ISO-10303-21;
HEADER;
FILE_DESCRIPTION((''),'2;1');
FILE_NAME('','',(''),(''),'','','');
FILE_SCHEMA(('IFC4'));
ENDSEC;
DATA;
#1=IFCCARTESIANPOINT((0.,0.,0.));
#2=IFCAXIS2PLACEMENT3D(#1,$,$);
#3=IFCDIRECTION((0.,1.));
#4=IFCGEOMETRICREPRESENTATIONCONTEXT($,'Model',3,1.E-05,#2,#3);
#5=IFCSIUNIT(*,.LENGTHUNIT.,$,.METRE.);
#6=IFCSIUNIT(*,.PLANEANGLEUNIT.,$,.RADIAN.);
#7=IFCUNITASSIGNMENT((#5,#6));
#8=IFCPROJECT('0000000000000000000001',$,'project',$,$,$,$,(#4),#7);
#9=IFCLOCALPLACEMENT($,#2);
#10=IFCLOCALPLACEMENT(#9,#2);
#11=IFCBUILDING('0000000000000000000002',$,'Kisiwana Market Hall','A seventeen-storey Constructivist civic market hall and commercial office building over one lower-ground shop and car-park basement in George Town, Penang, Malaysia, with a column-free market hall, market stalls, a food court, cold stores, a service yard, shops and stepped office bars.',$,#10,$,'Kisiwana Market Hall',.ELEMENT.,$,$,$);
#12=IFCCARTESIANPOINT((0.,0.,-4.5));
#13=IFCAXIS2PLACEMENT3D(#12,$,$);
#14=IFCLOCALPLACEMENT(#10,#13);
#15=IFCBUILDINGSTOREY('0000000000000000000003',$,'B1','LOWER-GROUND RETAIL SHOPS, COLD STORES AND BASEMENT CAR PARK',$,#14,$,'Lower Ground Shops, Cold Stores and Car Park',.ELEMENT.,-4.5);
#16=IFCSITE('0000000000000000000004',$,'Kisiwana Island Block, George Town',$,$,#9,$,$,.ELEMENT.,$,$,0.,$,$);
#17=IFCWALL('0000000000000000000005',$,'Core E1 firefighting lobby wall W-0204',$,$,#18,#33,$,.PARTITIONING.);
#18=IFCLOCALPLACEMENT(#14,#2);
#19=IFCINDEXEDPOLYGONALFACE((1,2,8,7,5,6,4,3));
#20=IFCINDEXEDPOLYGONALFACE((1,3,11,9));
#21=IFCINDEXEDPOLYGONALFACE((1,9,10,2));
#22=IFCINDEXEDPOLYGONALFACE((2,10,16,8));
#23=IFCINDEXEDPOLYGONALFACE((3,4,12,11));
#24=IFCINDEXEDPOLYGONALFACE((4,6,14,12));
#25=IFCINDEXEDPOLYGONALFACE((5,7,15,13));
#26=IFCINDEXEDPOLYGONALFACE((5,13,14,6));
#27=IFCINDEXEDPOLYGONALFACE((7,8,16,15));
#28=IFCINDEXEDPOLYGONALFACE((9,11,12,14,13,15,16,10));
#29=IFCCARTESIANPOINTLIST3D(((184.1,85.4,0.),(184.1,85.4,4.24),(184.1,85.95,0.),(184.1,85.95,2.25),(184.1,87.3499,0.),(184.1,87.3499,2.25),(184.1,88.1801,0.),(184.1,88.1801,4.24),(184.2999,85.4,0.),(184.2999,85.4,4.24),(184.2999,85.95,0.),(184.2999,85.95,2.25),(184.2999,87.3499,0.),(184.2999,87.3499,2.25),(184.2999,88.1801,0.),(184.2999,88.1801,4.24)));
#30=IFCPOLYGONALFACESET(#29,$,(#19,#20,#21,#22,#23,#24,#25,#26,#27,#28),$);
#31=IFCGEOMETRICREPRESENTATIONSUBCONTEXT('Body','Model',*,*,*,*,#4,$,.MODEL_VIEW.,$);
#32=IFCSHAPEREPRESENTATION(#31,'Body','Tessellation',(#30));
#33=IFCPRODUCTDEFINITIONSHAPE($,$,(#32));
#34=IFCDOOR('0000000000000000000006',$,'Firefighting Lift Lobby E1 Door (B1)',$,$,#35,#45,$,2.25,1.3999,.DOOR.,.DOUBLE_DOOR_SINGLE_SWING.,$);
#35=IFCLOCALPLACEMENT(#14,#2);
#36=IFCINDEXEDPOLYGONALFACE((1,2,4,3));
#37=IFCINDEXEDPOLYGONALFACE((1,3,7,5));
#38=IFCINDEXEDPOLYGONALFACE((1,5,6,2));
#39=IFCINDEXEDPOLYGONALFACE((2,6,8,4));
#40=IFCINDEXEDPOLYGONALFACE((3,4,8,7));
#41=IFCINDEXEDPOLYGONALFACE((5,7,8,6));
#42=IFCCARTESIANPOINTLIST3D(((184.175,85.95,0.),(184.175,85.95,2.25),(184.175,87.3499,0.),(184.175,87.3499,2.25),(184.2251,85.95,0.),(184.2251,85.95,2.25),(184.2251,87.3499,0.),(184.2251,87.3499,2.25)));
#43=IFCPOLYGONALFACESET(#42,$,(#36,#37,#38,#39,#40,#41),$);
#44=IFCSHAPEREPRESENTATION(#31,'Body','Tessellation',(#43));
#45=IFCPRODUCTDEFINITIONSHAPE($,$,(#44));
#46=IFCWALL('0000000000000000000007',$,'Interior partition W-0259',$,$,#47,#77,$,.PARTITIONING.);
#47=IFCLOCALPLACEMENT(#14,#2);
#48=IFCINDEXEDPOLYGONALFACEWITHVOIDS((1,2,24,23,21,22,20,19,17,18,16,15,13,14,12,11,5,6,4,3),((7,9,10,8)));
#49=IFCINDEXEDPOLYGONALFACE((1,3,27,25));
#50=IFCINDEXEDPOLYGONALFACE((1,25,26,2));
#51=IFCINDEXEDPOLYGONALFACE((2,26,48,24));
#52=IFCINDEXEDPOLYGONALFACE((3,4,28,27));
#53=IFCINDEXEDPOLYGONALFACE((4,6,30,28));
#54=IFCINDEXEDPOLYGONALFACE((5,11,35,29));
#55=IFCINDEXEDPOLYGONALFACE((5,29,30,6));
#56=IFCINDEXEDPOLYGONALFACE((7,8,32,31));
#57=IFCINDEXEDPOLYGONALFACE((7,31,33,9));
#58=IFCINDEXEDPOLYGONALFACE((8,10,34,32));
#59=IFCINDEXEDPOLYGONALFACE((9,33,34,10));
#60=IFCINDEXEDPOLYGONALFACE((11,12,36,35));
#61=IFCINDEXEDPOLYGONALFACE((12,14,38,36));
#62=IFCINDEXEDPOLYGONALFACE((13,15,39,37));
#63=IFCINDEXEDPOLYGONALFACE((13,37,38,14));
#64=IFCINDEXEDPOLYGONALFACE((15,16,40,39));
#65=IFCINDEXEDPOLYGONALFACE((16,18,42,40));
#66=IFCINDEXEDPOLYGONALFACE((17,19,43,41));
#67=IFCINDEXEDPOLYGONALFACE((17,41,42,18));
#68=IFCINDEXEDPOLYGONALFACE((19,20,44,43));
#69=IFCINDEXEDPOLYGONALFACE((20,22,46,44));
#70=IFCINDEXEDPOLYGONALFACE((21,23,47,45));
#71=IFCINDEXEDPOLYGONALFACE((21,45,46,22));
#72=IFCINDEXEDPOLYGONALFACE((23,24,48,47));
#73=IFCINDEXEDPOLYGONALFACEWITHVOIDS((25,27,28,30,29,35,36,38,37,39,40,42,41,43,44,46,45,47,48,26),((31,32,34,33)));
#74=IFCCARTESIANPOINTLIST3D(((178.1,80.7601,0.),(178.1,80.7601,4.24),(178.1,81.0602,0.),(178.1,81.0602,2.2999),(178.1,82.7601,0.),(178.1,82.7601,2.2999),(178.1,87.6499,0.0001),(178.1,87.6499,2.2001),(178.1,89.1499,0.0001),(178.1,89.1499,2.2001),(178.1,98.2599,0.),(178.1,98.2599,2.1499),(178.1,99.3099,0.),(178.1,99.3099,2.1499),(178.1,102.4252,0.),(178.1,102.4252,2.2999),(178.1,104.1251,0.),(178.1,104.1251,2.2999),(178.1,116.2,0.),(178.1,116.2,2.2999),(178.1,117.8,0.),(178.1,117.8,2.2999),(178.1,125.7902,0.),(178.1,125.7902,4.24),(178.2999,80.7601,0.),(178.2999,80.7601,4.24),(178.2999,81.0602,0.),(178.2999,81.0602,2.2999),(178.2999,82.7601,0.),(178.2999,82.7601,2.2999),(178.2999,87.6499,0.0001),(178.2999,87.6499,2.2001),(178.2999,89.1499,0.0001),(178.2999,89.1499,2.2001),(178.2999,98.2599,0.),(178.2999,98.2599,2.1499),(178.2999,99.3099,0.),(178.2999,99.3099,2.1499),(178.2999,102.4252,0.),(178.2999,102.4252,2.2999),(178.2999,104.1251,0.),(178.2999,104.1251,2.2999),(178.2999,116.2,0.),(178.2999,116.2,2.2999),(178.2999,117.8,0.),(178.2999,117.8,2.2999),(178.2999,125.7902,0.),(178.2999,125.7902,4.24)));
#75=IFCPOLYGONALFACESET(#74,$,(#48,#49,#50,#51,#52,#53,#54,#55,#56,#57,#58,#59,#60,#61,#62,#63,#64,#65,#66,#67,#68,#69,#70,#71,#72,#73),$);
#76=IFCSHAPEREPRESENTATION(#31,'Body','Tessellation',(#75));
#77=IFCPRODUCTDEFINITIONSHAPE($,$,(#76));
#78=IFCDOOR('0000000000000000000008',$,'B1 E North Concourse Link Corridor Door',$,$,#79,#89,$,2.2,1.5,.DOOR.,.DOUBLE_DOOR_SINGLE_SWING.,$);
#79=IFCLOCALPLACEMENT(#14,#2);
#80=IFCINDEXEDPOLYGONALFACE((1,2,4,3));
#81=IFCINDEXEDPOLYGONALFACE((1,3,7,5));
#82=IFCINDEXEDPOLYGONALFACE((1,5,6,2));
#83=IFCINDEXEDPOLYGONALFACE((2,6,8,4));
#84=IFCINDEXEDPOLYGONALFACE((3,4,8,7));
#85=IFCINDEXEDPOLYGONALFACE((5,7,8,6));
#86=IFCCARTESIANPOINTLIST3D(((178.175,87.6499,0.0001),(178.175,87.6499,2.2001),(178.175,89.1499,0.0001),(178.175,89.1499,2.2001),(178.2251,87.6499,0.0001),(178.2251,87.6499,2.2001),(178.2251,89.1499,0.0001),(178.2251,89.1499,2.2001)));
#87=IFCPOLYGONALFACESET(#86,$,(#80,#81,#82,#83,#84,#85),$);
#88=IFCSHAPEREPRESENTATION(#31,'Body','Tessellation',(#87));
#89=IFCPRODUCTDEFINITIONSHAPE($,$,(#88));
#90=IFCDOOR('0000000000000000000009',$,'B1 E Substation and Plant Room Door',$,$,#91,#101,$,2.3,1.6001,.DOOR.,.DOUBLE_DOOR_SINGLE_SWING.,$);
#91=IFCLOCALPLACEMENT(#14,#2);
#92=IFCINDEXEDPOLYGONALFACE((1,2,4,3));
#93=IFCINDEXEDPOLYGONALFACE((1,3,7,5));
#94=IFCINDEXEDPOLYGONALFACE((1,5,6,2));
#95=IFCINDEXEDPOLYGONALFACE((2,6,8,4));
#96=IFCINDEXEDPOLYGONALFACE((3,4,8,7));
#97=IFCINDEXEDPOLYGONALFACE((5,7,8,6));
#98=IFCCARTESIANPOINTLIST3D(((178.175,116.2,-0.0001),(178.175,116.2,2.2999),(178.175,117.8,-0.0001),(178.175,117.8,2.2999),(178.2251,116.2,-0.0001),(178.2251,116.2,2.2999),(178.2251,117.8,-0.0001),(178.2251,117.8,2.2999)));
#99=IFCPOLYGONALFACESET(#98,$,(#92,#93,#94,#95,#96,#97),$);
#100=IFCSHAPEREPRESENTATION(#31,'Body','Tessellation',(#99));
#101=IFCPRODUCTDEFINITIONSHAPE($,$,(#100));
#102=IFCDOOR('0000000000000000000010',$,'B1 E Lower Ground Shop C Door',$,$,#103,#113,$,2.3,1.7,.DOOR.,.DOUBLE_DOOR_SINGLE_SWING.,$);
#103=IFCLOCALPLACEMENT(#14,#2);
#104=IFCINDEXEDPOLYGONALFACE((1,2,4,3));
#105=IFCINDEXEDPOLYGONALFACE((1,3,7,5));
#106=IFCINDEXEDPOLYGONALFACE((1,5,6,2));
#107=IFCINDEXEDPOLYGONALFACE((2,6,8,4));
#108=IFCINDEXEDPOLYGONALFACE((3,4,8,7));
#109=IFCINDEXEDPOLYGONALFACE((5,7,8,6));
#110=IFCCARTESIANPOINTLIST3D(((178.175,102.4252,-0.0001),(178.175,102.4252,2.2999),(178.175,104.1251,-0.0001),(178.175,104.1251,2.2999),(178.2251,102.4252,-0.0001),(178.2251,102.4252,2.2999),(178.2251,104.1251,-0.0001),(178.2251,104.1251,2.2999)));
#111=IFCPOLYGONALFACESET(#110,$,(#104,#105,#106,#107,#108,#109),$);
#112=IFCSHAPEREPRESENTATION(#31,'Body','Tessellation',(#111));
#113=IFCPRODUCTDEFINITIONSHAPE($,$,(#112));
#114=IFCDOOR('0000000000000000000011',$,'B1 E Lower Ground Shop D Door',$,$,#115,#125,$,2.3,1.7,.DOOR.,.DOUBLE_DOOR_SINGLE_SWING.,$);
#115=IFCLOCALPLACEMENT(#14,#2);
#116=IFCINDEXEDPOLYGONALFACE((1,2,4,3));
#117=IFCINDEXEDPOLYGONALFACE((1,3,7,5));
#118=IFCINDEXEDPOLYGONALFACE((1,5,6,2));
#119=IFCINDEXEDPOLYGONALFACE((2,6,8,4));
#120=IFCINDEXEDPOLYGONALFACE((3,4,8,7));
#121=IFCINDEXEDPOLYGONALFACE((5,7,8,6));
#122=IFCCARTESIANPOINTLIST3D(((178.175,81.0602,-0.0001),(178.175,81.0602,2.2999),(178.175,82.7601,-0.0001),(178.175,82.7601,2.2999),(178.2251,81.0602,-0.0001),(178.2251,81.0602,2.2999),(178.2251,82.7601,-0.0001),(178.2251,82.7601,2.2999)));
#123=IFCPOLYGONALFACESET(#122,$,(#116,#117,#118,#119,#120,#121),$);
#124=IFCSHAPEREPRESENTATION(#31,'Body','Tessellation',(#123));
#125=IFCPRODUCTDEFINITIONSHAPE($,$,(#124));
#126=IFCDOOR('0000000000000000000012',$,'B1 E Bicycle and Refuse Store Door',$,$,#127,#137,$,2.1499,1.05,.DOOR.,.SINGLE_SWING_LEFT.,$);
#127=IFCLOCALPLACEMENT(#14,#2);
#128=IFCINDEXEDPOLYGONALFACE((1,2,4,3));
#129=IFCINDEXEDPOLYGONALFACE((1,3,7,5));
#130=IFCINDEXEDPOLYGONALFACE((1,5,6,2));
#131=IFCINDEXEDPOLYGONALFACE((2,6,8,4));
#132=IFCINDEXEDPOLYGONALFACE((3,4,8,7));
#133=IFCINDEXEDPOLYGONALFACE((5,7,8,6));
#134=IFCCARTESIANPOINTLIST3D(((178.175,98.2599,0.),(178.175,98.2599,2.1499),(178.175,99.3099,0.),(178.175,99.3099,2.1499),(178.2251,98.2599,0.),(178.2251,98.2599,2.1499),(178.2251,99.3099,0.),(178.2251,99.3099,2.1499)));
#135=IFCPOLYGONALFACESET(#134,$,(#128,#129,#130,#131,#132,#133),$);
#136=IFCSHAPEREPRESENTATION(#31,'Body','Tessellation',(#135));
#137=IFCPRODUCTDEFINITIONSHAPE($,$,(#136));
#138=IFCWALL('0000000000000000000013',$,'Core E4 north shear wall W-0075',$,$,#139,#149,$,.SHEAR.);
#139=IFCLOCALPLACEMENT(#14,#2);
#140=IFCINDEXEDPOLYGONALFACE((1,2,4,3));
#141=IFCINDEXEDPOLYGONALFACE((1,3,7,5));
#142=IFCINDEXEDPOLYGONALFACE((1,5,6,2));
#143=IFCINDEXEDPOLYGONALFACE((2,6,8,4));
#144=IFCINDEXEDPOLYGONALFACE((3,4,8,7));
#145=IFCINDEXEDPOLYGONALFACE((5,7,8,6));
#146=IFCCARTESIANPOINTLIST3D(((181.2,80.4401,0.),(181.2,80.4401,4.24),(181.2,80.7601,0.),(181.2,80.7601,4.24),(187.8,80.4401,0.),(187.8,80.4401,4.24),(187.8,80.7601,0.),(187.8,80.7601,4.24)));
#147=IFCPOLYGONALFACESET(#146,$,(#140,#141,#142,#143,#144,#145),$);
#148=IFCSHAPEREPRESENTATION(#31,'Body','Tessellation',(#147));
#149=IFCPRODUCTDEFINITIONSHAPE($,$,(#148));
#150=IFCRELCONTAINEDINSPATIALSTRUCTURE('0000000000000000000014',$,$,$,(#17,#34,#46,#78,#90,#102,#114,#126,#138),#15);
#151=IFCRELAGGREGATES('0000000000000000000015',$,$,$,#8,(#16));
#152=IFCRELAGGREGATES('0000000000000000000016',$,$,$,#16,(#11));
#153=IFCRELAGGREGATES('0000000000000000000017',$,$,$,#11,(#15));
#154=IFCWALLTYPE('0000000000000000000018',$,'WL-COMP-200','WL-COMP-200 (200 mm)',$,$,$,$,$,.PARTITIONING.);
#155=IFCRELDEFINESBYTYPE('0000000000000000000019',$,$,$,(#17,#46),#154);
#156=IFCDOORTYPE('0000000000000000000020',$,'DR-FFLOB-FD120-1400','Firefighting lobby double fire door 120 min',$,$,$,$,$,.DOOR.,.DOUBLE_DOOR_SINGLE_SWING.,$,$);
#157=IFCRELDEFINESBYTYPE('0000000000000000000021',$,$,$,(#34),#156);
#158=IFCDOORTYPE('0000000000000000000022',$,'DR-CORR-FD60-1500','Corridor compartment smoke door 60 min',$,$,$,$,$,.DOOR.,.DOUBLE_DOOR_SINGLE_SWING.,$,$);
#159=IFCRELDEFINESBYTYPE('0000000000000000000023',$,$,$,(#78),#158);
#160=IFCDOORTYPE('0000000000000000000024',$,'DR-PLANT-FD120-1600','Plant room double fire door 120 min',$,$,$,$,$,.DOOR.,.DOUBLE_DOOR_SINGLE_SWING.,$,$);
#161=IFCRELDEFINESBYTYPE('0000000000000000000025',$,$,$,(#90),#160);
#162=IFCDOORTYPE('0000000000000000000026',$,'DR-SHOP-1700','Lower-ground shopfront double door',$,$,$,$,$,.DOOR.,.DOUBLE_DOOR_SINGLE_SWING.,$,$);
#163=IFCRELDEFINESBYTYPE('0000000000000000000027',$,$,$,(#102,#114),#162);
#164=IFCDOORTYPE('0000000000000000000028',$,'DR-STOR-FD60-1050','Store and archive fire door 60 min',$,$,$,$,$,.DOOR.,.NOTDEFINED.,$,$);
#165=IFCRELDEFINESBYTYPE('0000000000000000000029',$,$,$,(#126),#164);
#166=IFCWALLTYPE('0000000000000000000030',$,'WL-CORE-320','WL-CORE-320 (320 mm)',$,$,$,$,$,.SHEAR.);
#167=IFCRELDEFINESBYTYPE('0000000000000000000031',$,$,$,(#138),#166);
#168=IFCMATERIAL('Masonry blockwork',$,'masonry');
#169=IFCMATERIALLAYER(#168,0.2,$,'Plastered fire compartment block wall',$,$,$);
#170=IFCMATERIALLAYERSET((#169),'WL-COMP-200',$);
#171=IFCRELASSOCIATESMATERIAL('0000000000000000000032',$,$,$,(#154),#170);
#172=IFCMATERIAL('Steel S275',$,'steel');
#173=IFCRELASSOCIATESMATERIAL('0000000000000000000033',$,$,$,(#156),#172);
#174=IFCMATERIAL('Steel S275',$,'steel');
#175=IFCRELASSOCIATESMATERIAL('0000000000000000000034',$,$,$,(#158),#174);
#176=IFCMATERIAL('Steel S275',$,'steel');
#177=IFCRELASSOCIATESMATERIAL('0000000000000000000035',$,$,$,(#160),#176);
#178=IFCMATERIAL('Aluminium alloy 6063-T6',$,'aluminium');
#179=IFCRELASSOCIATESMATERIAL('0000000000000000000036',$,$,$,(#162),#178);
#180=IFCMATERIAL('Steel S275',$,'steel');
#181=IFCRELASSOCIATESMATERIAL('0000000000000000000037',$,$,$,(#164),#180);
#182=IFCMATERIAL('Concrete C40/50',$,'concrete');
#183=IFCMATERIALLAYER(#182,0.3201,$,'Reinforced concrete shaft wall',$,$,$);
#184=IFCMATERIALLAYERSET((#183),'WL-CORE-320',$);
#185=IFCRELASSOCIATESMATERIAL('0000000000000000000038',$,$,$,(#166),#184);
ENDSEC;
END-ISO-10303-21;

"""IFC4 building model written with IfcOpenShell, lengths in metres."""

from ifc_helpers import new_model, si_unit, direction, frame, frame_2d, origin, place, context, subcontext, project, spatial, rectangle, extrude, material, layer, layer_set, type_object, element, fill, save


model = new_model("IFC4")

# Units and contexts
model_context = context("Model", 3, precision=1e-05, world=origin(), true_north=direction((0.0, 1.0)))
body_context = subcontext(model_context, "Body", "Model", "MODEL_VIEW")
ifc_project = project(units=[si_unit("LENGTHUNIT", "METRE"), si_unit("PLANEANGLEUNIT", "RADIAN")], contexts=[model_context])

# Site, building, storey
site_placement = place(None, origin())
site = spatial("IfcSite", under=ifc_project, at=site_placement, Name="Kisiwana Island Block, George Town", CompositionType="ELEMENT", RefElevation=0.0)
building_placement = place(site_placement, origin())
building = spatial("IfcBuilding", under=site, at=building_placement, Name="Kisiwana Market Hall", Description="A seventeen-storey Constructivist civic market hall and commercial office building over one lower-ground shop and car-park basement in George Town, Penang, Malaysia, with a column-free market hall, market stalls, a food court, cold stores, a service yard, shops and stepped office bars.", LongName="Kisiwana Market Hall", CompositionType="ELEMENT")
storey_placement = place(building_placement, frame((0.0, 0.0, -4.5)))
storey = spatial("IfcBuildingStorey", under=building, at=storey_placement, Name="B1", Description="LOWER-GROUND RETAIL SHOPS, COLD STORES AND BASEMENT CAR PARK", LongName="Lower Ground Shops, Cold Stores and Car Park", CompositionType="ELEMENT", Elevation=-4.5)

# Wall, opening, door
ifc_material_1 = material(Name="Masonry blockwork", Category="masonry")
ifc_layer_1 = layer(ifc_material_1, 0.2, Name="Plastered fire compartment block wall")
ifc_layer_set_1 = layer_set([ifc_layer_1], Name="WL-COMP-200")
wall_type_1 = type_object("IfcWallType", Name="WL-COMP-200", Description="WL-COMP-200 (200 mm)", PredefinedType="PARTITIONING", material=ifc_layer_set_1)
wall_1_placement = place(storey_placement, frame((184.2, 85.3999, 0.0), z_axis=(0.0, 0.0, 1.0), x_axis=(0.0, 1.0, 0.0)))
wall_1 = element("IfcWall", 1, at=wall_1_placement, inside=storey, type_object=wall_type_1, Name="Core E1 firefighting lobby wall W-0204", PredefinedType="PARTITIONING", context=body_context, shape_type="SweptSolid", body=[
    extrude(rectangle(XDim=2.78, YDim=0.2, at=frame_2d((1.3901, 0.0))), origin(), (0.0, 0.0, 1.0), 4.24),
])
opening_1_placement = place(wall_1_placement, frame((0.55, 0.0, 0.0)))
opening_1 = element("IfcOpeningElement", 2, at=opening_1_placement, cuts=wall_1, PredefinedType="OPENING", context=body_context, shape_type="SweptSolid", body=[
    extrude(rectangle(XDim=1.3999, YDim=2.25, at=frame_2d((0.7, 1.125))), frame((0.0, 0.1118, 0.0), z_axis=(0.0, -1.0, 0.0), x_axis=(1.0, 0.0, 0.0)), (0.0, 0.0, 1.0), 0.2239),
])
ifc_material_2 = material(Name="Steel S275", Category="steel")
door_type_1 = type_object("IfcDoorType", Name="DR-FFLOB-FD120-1400", Description="Firefighting lobby double fire door 120 min", OperationType="DOUBLE_DOOR_SINGLE_SWING", PredefinedType="DOOR", material=ifc_material_2)
door_1_placement = place(opening_1_placement, origin())
door_1 = element("IfcDoor", 3, at=door_1_placement, inside=storey, type_object=door_type_1, Name="Firefighting Lift Lobby E1 Door (B1)", OperationType="DOUBLE_DOOR_SINGLE_SWING", OverallHeight=2.25, OverallWidth=1.3999, PredefinedType="DOOR", context=body_context, shape_type="SweptSolid", body=[
    extrude(rectangle(XDim=1.3999, YDim=2.25, at=frame_2d((0.7, 1.125))), frame((0.0, 0.0249, 0.0), z_axis=(0.0, -1.0, 0.0), x_axis=(1.0, 0.0, 0.0)), (0.0, 0.0, 1.0), 0.05),
])
fill(opening_1, door_1)

# Wall, openings, doors
wall_2_placement = place(storey_placement, frame((178.2, 80.76, 0.0), z_axis=(0.0, 0.0, 1.0), x_axis=(0.0, 1.0, 0.0)))
wall_2 = element("IfcWall", 4, at=wall_2_placement, inside=storey, type_object=wall_type_1, Name="Interior partition W-0259", PredefinedType="PARTITIONING", context=body_context, shape_type="SweptSolid", body=[
    extrude(rectangle(XDim=45.03, YDim=0.2, at=frame_2d((22.5151, 0.0))), origin(), (0.0, 0.0, 1.0), 4.24),
])
opening_2_placement = place(wall_2_placement, frame((6.8899, 0.0, 0.0)))
opening_2 = element("IfcOpeningElement", 5, at=opening_2_placement, cuts=wall_2, PredefinedType="OPENING", context=body_context, shape_type="SweptSolid", body=[
    extrude(rectangle(XDim=1.5, YDim=2.2, at=frame_2d((0.75, 1.1001))), frame((0.0, 0.1118, 0.0), z_axis=(0.0, -1.0, 0.0), x_axis=(1.0, 0.0, 0.0)), (0.0, 0.0, 1.0), 0.2239),
])
opening_3_placement = place(wall_2_placement, frame((17.5, 0.0, 0.0)))
opening_3 = element("IfcOpeningElement", 6, at=opening_3_placement, cuts=wall_2, PredefinedType="OPENING", context=body_context, shape_type="SweptSolid", body=[
    extrude(rectangle(XDim=1.05, YDim=2.1499, at=frame_2d((0.5249, 1.075))), frame((0.0, 0.1118, 0.0), z_axis=(0.0, -1.0, 0.0), x_axis=(1.0, 0.0, 0.0)), (0.0, 0.0, 1.0), 0.2239),
])
opening_4_placement = place(wall_2_placement, frame((35.4399, 0.0, 0.0)))
opening_4 = element("IfcOpeningElement", 7, at=opening_4_placement, cuts=wall_2, PredefinedType="OPENING", context=body_context, shape_type="SweptSolid", body=[
    extrude(rectangle(XDim=1.6001, YDim=2.3, at=frame_2d((0.8, 1.1499))), frame((0.0, 0.1118, 0.0), z_axis=(0.0, -1.0, 0.0), x_axis=(1.0, 0.0, 0.0)), (0.0, 0.0, 1.0), 0.2239),
])
opening_5_placement = place(wall_2_placement, frame((21.665, 0.0, 0.0)))
opening_5 = element("IfcOpeningElement", 8, at=opening_5_placement, cuts=wall_2, PredefinedType="OPENING", context=body_context, shape_type="SweptSolid", body=[
    extrude(rectangle(XDim=1.7, YDim=2.3, at=frame_2d((0.8501, 1.1499))), frame((0.0, 0.1118, 0.0), z_axis=(0.0, -1.0, 0.0), x_axis=(1.0, 0.0, 0.0)), (0.0, 0.0, 1.0), 0.2239),
])
opening_6_placement = place(wall_2_placement, frame((0.3, 0.0, 0.0)))
opening_6 = element("IfcOpeningElement", 9, at=opening_6_placement, cuts=wall_2, PredefinedType="OPENING", context=body_context, shape_type="SweptSolid", body=[
    extrude(rectangle(XDim=1.7, YDim=2.3, at=frame_2d((0.8501, 1.1499))), frame((0.0, 0.1118, 0.0), z_axis=(0.0, -1.0, 0.0), x_axis=(1.0, 0.0, 0.0)), (0.0, 0.0, 1.0), 0.2239),
])
ifc_material_3 = material(Name="Steel S275", Category="steel")
door_type_2 = type_object("IfcDoorType", Name="DR-CORR-FD60-1500", Description="Corridor compartment smoke door 60 min", OperationType="DOUBLE_DOOR_SINGLE_SWING", PredefinedType="DOOR", material=ifc_material_3)
door_2_placement = place(opening_2_placement, origin())
door_2 = element("IfcDoor", 10, at=door_2_placement, inside=storey, type_object=door_type_2, Name="B1 E North Concourse Link Corridor Door", OperationType="DOUBLE_DOOR_SINGLE_SWING", OverallHeight=2.2, OverallWidth=1.5, PredefinedType="DOOR", context=body_context, shape_type="SweptSolid", body=[
    extrude(rectangle(XDim=1.5, YDim=2.2, at=frame_2d((0.75, 1.1001))), frame((0.0, 0.0249, 0.0), z_axis=(0.0, -1.0, 0.0), x_axis=(1.0, 0.0, 0.0)), (0.0, 0.0, 1.0), 0.05),
])
fill(opening_2, door_2)
ifc_material_4 = material(Name="Steel S275", Category="steel")
door_type_3 = type_object("IfcDoorType", Name="DR-PLANT-FD120-1600", Description="Plant room double fire door 120 min", OperationType="DOUBLE_DOOR_SINGLE_SWING", PredefinedType="DOOR", material=ifc_material_4)
door_3_placement = place(opening_4_placement, origin())
door_3 = element("IfcDoor", 11, at=door_3_placement, inside=storey, type_object=door_type_3, Name="B1 E Substation and Plant Room Door", OperationType="DOUBLE_DOOR_SINGLE_SWING", OverallHeight=2.3, OverallWidth=1.6001, PredefinedType="DOOR", context=body_context, shape_type="SweptSolid", body=[
    extrude(rectangle(XDim=1.6001, YDim=2.3, at=frame_2d((0.8, 1.1499))), frame((0.0, 0.0249, 0.0), z_axis=(0.0, -1.0, 0.0), x_axis=(1.0, 0.0, 0.0)), (0.0, 0.0, 1.0), 0.05),
])
fill(opening_4, door_3)
ifc_material_5 = material(Name="Aluminium alloy 6063-T6", Category="aluminium")
door_type_4 = type_object("IfcDoorType", Name="DR-SHOP-1700", Description="Lower-ground shopfront double door", OperationType="DOUBLE_DOOR_SINGLE_SWING", PredefinedType="DOOR", material=ifc_material_5)
door_4_placement = place(opening_5_placement, origin())
door_4 = element("IfcDoor", 12, at=door_4_placement, inside=storey, type_object=door_type_4, Name="B1 E Lower Ground Shop C Door", OperationType="DOUBLE_DOOR_SINGLE_SWING", OverallHeight=2.3, OverallWidth=1.7, PredefinedType="DOOR", context=body_context, shape_type="SweptSolid", body=[
    extrude(rectangle(XDim=1.7, YDim=2.3, at=frame_2d((0.8501, 1.1499))), frame((0.0, 0.0249, 0.0), z_axis=(0.0, -1.0, 0.0), x_axis=(1.0, 0.0, 0.0)), (0.0, 0.0, 1.0), 0.05),
])
fill(opening_5, door_4)
door_5_placement = place(opening_6_placement, origin())
door_5 = element("IfcDoor", 13, at=door_5_placement, inside=storey, type_object=door_type_4, Name="B1 E Lower Ground Shop D Door", OperationType="DOUBLE_DOOR_SINGLE_SWING", OverallHeight=2.3, OverallWidth=1.7, PredefinedType="DOOR", context=body_context, shape_type="SweptSolid", body=[
    extrude(rectangle(XDim=1.7, YDim=2.3, at=frame_2d((0.8501, 1.1499))), frame((0.0, 0.0249, 0.0), z_axis=(0.0, -1.0, 0.0), x_axis=(1.0, 0.0, 0.0)), (0.0, 0.0, 1.0), 0.05),
])
fill(opening_6, door_5)
ifc_material_6 = material(Name="Steel S275", Category="steel")
door_type_5 = type_object("IfcDoorType", Name="DR-STOR-FD60-1050", Description="Store and archive fire door 60 min", OperationType="NOTDEFINED", PredefinedType="DOOR", material=ifc_material_6)
door_6_placement = place(opening_3_placement, origin())
door_6 = element("IfcDoor", 14, at=door_6_placement, inside=storey, type_object=door_type_5, Name="B1 E Bicycle and Refuse Store Door", OperationType="SINGLE_SWING_LEFT", OverallHeight=2.1499, OverallWidth=1.05, PredefinedType="DOOR", context=body_context, shape_type="SweptSolid", body=[
    extrude(rectangle(XDim=1.05, YDim=2.1499, at=frame_2d((0.5249, 1.075))), frame((0.0, 0.0249, 0.0), z_axis=(0.0, -1.0, 0.0), x_axis=(1.0, 0.0, 0.0)), (0.0, 0.0, 1.0), 0.05),
])
fill(opening_3, door_6)

# Wall
ifc_material_7 = material(Name="Concrete C40/50", Category="concrete")
ifc_layer_2 = layer(ifc_material_7, 0.3201, Name="Reinforced concrete shaft wall")
ifc_layer_set_2 = layer_set([ifc_layer_2], Name="WL-CORE-320")
wall_type_2 = type_object("IfcWallType", Name="WL-CORE-320", Description="WL-CORE-320 (320 mm)", PredefinedType="SHEAR", material=ifc_layer_set_2)
wall_3_placement = place(storey_placement, frame((181.2, 80.6001, 0.0), z_axis=(0.0, 0.0, 1.0), x_axis=(1.0, 0.0, 0.0)))
element("IfcWall", 15, at=wall_3_placement, inside=storey, type_object=wall_type_2, Name="Core E4 north shear wall W-0075", PredefinedType="SHEAR", context=body_context, shape_type="SweptSolid", body=[
    extrude(rectangle(XDim=6.6001, YDim=0.3201, at=frame_2d((3.3, 0.0))), origin(), (0.0, 0.0, 1.0), 4.24),
])

save(model, "model.ifc")
